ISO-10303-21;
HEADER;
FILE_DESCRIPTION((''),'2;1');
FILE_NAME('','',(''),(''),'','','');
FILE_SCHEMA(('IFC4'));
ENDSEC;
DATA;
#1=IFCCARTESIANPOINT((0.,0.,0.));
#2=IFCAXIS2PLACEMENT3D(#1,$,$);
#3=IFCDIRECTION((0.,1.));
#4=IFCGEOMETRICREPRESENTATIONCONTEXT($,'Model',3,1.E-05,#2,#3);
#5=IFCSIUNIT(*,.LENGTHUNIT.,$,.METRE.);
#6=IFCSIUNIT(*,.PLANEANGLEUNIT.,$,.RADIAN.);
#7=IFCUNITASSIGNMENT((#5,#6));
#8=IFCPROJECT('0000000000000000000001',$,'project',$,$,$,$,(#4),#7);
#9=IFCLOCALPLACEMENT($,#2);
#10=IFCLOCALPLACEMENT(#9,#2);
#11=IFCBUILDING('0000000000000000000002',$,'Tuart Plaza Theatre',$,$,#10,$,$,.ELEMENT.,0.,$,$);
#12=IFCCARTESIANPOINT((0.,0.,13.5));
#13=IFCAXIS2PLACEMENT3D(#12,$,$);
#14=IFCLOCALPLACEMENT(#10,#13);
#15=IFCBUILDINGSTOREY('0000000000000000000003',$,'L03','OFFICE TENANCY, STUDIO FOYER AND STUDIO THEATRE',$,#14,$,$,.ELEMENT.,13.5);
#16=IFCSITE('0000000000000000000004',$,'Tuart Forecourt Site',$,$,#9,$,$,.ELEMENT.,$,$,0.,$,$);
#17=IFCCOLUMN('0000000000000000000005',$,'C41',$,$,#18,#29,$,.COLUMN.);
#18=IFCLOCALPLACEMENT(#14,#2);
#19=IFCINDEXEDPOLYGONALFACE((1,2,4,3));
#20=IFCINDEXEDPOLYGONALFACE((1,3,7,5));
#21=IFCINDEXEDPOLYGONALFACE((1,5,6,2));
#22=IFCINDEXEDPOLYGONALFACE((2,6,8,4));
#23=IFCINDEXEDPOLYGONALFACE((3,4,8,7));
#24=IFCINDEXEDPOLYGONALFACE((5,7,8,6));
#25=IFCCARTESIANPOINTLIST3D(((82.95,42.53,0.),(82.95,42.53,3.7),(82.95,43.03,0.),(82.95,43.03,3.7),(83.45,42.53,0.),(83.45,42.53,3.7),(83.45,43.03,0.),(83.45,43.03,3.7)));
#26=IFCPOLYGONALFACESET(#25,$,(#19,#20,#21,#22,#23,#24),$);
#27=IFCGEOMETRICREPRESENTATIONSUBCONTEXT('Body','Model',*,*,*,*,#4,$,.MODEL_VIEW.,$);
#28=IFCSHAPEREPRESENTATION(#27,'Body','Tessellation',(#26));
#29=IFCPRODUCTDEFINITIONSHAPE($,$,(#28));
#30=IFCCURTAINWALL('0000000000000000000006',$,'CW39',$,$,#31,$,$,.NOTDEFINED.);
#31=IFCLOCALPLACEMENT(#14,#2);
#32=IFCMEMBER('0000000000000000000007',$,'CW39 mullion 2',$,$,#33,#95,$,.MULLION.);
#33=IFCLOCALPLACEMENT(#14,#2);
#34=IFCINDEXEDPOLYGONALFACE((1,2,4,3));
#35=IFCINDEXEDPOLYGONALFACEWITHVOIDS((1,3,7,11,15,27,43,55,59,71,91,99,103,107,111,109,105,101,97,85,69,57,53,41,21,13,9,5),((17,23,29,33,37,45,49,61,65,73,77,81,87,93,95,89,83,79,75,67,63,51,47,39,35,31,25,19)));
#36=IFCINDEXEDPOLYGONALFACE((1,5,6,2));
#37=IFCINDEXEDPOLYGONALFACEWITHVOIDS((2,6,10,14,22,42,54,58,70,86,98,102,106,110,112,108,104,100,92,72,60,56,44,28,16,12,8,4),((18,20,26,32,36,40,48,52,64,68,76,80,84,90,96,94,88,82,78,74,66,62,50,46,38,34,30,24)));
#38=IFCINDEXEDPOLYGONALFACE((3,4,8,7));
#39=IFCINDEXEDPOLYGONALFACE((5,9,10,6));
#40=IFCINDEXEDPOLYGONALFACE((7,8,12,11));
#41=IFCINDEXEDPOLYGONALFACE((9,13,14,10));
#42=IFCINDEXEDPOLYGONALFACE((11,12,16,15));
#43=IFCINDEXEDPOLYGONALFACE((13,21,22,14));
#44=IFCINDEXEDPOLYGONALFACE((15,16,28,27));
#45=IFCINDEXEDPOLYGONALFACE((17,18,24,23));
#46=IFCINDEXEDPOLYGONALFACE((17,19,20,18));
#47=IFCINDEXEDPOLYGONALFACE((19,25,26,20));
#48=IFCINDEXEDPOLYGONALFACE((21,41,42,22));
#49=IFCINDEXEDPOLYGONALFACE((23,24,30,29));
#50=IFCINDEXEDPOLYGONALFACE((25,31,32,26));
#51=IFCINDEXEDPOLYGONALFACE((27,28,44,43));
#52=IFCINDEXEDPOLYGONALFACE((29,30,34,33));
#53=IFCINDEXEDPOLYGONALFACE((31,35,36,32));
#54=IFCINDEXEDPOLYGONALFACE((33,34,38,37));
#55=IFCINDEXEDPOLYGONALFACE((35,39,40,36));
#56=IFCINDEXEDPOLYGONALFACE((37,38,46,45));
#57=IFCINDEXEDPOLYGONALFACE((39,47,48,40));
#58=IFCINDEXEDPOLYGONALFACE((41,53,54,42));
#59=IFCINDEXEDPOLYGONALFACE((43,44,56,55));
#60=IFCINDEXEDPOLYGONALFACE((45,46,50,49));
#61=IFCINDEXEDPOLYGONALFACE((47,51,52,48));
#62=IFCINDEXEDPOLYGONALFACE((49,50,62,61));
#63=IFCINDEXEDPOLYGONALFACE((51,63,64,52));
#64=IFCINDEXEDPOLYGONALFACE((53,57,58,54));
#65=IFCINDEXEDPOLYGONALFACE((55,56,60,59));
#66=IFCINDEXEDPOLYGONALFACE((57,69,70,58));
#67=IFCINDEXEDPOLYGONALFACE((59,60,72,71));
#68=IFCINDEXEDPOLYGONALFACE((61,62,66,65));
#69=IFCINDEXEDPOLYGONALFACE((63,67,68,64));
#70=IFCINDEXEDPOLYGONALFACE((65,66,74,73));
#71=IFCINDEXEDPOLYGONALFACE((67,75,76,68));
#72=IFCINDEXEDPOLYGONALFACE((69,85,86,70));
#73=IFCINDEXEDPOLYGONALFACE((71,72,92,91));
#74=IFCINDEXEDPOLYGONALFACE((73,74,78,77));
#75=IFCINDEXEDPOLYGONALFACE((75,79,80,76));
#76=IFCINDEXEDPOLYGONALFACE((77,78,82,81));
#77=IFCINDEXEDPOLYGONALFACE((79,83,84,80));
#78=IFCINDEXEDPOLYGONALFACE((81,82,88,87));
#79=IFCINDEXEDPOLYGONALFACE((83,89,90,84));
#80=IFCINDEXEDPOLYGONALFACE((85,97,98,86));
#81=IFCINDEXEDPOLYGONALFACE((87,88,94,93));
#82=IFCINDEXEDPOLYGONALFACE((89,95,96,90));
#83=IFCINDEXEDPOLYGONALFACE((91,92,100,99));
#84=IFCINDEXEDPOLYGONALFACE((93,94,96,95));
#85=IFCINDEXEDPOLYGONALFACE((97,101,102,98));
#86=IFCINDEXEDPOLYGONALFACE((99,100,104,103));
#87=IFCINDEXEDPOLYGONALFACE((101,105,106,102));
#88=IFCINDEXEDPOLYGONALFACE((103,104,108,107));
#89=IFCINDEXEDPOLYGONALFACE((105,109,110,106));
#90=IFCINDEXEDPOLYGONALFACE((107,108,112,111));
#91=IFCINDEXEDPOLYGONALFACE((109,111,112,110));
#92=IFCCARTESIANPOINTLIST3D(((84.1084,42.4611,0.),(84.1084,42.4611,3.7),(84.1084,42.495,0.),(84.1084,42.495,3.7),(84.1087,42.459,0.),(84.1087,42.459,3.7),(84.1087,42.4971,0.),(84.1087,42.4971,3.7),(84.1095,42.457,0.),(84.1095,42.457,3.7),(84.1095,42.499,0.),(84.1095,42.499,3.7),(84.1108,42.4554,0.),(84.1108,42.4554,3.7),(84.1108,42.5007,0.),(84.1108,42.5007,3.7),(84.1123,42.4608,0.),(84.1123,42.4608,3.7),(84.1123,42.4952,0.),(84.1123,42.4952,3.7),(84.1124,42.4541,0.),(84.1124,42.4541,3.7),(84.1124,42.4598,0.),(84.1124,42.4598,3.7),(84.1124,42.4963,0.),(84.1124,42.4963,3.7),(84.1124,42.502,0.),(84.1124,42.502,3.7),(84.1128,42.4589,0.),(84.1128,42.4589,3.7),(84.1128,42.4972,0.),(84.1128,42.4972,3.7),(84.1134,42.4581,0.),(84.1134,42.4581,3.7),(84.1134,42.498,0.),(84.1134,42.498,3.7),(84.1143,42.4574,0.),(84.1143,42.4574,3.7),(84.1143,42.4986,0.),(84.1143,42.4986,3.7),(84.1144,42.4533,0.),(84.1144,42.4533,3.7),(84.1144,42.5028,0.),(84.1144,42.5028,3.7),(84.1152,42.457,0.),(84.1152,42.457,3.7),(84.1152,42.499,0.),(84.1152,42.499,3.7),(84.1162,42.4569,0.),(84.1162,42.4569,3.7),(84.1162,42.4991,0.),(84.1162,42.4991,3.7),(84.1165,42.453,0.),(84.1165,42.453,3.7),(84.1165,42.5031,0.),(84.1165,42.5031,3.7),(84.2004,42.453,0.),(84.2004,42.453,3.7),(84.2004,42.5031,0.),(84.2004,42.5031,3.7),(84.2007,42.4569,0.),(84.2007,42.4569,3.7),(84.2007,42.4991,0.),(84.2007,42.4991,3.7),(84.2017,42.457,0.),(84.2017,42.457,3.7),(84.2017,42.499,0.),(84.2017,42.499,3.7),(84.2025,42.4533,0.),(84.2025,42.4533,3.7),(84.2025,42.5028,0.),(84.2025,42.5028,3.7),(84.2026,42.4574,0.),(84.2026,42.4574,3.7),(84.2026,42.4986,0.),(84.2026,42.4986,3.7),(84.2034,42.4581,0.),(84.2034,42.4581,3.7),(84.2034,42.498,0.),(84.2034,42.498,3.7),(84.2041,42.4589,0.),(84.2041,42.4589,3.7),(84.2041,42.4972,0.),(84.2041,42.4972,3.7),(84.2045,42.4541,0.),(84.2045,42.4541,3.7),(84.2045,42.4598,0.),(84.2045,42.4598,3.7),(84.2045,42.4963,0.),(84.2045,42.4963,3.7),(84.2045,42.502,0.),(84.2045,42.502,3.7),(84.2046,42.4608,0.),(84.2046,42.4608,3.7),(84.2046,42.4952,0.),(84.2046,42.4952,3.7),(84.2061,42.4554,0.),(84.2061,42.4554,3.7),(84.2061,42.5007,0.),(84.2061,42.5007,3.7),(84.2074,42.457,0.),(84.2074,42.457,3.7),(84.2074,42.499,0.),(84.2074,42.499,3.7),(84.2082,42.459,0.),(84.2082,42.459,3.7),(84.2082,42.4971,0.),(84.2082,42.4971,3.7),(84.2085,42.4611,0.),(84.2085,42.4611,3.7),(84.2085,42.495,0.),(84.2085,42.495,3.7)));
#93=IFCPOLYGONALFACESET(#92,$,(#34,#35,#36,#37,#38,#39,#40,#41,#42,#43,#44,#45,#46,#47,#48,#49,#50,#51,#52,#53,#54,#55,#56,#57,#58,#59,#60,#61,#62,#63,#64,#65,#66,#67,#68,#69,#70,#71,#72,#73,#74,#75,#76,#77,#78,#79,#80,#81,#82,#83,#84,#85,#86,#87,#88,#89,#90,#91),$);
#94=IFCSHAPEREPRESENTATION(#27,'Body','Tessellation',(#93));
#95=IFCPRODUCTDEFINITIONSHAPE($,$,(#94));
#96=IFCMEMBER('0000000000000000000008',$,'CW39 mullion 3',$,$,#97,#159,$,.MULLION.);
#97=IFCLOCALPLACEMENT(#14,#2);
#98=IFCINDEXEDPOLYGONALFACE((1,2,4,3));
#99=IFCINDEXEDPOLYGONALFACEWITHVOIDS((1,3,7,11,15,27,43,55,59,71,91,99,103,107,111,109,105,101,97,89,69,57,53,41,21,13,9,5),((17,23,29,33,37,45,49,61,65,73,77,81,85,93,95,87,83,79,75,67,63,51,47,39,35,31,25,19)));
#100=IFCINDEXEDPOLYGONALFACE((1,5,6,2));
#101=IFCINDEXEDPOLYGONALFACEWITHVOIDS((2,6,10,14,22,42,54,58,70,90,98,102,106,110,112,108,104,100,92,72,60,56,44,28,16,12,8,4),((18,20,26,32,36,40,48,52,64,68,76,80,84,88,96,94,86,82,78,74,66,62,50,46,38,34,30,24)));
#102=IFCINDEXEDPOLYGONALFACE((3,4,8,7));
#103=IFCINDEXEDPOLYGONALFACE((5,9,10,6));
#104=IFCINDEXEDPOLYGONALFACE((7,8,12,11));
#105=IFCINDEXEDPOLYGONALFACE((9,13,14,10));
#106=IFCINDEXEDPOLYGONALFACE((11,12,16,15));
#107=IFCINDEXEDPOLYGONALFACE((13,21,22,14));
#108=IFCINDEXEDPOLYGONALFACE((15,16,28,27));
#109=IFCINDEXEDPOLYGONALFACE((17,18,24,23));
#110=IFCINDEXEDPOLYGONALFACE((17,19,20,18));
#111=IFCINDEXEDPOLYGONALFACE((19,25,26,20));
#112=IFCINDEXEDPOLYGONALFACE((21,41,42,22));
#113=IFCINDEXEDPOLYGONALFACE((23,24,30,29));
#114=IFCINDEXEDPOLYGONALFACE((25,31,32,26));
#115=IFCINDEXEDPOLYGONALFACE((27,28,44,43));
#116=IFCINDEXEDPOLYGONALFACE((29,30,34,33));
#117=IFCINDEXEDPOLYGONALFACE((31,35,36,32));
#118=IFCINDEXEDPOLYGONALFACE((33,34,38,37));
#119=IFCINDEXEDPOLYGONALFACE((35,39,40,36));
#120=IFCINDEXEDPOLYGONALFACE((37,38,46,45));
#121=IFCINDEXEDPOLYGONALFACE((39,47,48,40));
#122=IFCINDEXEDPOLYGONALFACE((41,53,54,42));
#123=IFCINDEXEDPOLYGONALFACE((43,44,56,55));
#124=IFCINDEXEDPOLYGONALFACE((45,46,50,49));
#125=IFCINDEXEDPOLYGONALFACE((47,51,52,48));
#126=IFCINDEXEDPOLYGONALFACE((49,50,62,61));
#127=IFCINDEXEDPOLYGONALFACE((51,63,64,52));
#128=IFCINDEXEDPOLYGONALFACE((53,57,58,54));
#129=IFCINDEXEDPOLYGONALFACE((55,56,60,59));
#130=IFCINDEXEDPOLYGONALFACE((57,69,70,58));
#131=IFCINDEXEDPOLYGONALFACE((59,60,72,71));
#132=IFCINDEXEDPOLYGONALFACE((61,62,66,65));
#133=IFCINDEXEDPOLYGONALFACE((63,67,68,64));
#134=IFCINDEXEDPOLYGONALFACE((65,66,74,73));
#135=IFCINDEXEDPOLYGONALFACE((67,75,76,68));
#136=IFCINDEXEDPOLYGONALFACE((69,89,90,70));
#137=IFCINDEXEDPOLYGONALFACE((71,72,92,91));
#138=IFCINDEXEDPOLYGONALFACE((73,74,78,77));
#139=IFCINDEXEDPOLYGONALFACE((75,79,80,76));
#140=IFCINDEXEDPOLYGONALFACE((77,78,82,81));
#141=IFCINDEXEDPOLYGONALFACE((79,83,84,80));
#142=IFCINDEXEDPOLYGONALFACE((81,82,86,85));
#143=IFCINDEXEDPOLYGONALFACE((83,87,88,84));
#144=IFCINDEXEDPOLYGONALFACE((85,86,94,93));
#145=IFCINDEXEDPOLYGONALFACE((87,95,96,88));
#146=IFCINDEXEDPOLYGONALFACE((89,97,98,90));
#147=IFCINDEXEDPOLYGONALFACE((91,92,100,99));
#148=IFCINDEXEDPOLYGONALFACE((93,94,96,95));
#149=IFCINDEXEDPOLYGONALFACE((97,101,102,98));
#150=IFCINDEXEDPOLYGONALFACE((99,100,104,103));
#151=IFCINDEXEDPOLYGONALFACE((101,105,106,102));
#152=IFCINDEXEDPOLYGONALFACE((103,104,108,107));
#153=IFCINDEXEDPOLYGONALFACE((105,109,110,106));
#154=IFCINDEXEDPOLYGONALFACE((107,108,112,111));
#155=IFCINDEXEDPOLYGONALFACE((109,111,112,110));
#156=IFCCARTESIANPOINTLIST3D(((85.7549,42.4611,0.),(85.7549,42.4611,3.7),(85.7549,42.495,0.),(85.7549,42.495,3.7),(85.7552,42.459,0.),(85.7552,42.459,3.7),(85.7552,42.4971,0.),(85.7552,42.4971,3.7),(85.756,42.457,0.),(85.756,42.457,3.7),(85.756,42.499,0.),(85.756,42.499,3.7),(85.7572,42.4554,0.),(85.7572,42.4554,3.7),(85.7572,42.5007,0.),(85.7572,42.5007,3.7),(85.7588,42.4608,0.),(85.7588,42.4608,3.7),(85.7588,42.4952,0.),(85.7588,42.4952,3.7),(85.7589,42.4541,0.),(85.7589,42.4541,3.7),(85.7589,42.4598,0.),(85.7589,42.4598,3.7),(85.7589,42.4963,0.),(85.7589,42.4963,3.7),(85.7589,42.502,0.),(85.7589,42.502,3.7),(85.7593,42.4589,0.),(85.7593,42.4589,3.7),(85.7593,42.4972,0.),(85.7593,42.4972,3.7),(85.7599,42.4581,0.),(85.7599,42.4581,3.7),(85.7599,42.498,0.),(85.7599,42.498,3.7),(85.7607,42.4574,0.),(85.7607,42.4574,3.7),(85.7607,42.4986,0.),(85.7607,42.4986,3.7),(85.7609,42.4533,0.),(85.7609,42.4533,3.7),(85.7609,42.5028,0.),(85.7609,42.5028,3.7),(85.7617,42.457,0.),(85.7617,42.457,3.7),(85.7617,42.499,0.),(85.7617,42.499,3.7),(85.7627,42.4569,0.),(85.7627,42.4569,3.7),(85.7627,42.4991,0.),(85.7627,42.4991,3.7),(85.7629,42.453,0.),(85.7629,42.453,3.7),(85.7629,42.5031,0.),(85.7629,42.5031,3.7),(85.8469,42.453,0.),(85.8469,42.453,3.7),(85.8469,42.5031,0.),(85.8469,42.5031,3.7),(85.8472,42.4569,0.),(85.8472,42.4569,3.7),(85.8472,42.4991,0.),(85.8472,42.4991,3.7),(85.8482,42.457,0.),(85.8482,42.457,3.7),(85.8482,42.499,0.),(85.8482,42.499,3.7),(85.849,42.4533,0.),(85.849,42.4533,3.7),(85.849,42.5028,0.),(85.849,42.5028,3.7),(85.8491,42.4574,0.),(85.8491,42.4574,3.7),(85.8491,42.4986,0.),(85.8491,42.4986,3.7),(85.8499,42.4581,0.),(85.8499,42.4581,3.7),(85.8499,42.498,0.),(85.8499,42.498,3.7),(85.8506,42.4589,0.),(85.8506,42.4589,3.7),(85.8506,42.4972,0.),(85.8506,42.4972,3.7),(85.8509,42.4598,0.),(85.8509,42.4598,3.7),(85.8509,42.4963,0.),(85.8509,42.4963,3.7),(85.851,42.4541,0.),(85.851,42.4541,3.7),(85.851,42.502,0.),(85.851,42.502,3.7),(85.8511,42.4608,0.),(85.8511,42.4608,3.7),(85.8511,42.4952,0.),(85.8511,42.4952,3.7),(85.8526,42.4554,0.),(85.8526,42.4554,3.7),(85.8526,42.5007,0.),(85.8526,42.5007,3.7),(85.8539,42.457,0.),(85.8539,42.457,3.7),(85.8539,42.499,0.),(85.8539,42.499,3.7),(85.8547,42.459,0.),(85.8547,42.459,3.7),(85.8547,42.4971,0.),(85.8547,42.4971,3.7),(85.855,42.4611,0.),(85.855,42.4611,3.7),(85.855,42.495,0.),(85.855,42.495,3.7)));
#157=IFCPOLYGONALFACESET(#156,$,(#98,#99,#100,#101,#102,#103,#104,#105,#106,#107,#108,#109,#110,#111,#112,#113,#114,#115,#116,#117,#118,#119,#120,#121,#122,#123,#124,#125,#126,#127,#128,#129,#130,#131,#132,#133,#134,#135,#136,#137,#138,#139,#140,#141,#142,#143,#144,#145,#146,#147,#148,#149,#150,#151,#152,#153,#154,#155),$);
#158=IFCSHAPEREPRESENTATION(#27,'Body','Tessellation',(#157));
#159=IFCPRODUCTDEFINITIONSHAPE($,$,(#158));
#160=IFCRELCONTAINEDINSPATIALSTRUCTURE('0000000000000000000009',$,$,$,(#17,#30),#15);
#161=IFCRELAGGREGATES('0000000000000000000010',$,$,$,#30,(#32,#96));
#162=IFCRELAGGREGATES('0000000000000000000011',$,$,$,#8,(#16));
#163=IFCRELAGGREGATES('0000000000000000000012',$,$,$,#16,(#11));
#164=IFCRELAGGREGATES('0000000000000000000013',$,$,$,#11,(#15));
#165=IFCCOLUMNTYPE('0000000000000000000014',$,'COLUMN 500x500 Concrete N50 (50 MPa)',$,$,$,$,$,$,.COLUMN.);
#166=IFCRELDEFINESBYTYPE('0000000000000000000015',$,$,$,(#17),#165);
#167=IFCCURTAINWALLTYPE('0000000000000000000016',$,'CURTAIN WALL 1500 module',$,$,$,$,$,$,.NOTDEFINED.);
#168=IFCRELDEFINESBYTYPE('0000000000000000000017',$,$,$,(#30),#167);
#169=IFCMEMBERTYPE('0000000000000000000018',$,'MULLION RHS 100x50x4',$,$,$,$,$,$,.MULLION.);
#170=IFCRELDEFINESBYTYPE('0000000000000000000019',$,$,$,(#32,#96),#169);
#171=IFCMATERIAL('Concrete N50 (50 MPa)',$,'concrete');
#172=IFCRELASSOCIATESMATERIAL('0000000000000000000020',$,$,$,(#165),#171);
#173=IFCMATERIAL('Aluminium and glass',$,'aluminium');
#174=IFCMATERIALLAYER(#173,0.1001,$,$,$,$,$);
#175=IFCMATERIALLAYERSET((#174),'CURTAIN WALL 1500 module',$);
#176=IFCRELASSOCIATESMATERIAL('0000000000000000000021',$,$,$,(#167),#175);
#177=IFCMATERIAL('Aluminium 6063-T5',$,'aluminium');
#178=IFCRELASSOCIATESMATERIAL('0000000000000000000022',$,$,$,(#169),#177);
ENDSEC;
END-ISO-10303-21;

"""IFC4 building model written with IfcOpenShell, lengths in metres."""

from ifc_helpers import new_model, si_unit, direction, frame, origin, origin_2d, place, context, subcontext, project, spatial, rectangle, hollow_rectangle, extrude, material, layer, layer_set, material_profile, profile_set, type_object, element, aggregate, save


model = new_model("IFC4")

# Units and contexts
model_context = context("Model", 3, precision=1e-05, world=origin(), true_north=direction((0.0, 1.0)))
body_context = subcontext(model_context, "Body", "Model", "MODEL_VIEW")
ifc_project = project(units=[si_unit("LENGTHUNIT", "METRE"), si_unit("PLANEANGLEUNIT", "RADIAN")], contexts=[model_context])

# Site, building, storey
site_placement = place(None, origin())
site = spatial("IfcSite", under=ifc_project, at=site_placement, Name="Tuart Forecourt Site", CompositionType="ELEMENT", RefElevation=0.0)
building_placement = place(site_placement, origin())
building = spatial("IfcBuilding", under=site, at=building_placement, Name="Tuart Plaza Theatre", CompositionType="ELEMENT", ElevationOfRefHeight=0.0)
storey_placement = place(building_placement, frame((0.0, 0.0, 13.5)))
storey = spatial("IfcBuildingStorey", under=building, at=storey_placement, Name="L03", Description="OFFICE TENANCY, STUDIO FOYER AND STUDIO THEATRE", CompositionType="ELEMENT", Elevation=13.5)

# Column
ifc_material_1 = material(Name="Concrete N50 (50 MPa)", Category="concrete")
ifc_material_profile_1 = material_profile(ifc_material_1, rectangle(XDim=0.5, YDim=0.5, at=origin_2d()), Name="COLUMN 500x500 Concrete N50 (50 MPa)")
ifc_profile_set_1 = profile_set([ifc_material_profile_1], Name="Concrete N50 (50 MPa)")
column_type = type_object("IfcColumnType", Name="COLUMN 500x500 Concrete N50 (50 MPa)", PredefinedType="COLUMN", material=ifc_profile_set_1)
column_placement = place(storey_placement, frame((83.2, 42.78, 0.0), z_axis=(0.0, 0.0, 1.0), x_axis=(1.0, 0.0, 0.0)))
element("IfcColumn", 1, at=column_placement, inside=storey, type_object=column_type, Name="C41", PredefinedType="COLUMN", context=body_context, shape_type="SweptSolid", body=[
    extrude(rectangle(XDim=0.5, YDim=0.5, at=origin_2d()), origin(), (0.0, 0.0, 1.0), 3.7),
])

# Curtain wall, members
ifc_material_2 = material(Name="Aluminium and glass", Category="aluminium")
ifc_layer_1 = layer(ifc_material_2, 0.1001)
ifc_layer_set_1 = layer_set([ifc_layer_1], Name="CURTAIN WALL 1500 module")
curtain_wall_type = type_object("IfcCurtainWallType", Name="CURTAIN WALL 1500 module", PredefinedType="NOTDEFINED", material=ifc_layer_set_1)
curtain_wall_placement = place(storey_placement, origin())
curtain_wall = element("IfcCurtainWall", 2, at=curtain_wall_placement, inside=storey, type_object=curtain_wall_type, Name="CW39", PredefinedType="NOTDEFINED")
ifc_material_3 = material(Name="Aluminium 6063-T5", Category="aluminium")
ifc_material_profile_2 = material_profile(ifc_material_3, hollow_rectangle(XDim=0.05, YDim=0.1001, WallThickness=0.0039, InnerFilletRadius=0.0039, OuterFilletRadius=0.0081, at=origin_2d()), Name="RHS 100x50x4")
ifc_profile_set_2 = profile_set([ifc_material_profile_2], Name="Aluminium 6063-T5")
member_type_1 = type_object("IfcMemberType", Name="MULLION RHS 100x50x4", PredefinedType="MULLION", material=ifc_profile_set_2)
member_1_placement = place(storey_placement, frame((84.1584, 42.478, 0.0), z_axis=(0.0, 0.0, 1.0), x_axis=(0.0, 1.0, 0.0)))
member_1 = element("IfcMember", 3, at=member_1_placement, type_object=member_type_1, Name="CW39 mullion 2", PredefinedType="MULLION", context=body_context, shape_type="SweptSolid", body=[
    extrude(hollow_rectangle(XDim=0.05, YDim=0.1001, WallThickness=0.0039, InnerFilletRadius=0.0039, OuterFilletRadius=0.0081, at=origin_2d()), origin(), (0.0, 0.0, 1.0), 3.7),
])
member_2_placement = place(storey_placement, frame((85.8049, 42.478, 0.0), z_axis=(0.0, 0.0, 1.0), x_axis=(0.0, 1.0, 0.0)))
member_2 = element("IfcMember", 4, at=member_2_placement, type_object=member_type_1, Name="CW39 mullion 3", PredefinedType="MULLION", context=body_context, shape_type="SweptSolid", body=[
    extrude(hollow_rectangle(XDim=0.05, YDim=0.1001, WallThickness=0.0039, InnerFilletRadius=0.0039, OuterFilletRadius=0.0081, at=origin_2d()), origin(), (0.0, 0.0, 1.0), 3.7),
])
aggregate(curtain_wall, [member_1, member_2])

save(model, "model.ifc")
